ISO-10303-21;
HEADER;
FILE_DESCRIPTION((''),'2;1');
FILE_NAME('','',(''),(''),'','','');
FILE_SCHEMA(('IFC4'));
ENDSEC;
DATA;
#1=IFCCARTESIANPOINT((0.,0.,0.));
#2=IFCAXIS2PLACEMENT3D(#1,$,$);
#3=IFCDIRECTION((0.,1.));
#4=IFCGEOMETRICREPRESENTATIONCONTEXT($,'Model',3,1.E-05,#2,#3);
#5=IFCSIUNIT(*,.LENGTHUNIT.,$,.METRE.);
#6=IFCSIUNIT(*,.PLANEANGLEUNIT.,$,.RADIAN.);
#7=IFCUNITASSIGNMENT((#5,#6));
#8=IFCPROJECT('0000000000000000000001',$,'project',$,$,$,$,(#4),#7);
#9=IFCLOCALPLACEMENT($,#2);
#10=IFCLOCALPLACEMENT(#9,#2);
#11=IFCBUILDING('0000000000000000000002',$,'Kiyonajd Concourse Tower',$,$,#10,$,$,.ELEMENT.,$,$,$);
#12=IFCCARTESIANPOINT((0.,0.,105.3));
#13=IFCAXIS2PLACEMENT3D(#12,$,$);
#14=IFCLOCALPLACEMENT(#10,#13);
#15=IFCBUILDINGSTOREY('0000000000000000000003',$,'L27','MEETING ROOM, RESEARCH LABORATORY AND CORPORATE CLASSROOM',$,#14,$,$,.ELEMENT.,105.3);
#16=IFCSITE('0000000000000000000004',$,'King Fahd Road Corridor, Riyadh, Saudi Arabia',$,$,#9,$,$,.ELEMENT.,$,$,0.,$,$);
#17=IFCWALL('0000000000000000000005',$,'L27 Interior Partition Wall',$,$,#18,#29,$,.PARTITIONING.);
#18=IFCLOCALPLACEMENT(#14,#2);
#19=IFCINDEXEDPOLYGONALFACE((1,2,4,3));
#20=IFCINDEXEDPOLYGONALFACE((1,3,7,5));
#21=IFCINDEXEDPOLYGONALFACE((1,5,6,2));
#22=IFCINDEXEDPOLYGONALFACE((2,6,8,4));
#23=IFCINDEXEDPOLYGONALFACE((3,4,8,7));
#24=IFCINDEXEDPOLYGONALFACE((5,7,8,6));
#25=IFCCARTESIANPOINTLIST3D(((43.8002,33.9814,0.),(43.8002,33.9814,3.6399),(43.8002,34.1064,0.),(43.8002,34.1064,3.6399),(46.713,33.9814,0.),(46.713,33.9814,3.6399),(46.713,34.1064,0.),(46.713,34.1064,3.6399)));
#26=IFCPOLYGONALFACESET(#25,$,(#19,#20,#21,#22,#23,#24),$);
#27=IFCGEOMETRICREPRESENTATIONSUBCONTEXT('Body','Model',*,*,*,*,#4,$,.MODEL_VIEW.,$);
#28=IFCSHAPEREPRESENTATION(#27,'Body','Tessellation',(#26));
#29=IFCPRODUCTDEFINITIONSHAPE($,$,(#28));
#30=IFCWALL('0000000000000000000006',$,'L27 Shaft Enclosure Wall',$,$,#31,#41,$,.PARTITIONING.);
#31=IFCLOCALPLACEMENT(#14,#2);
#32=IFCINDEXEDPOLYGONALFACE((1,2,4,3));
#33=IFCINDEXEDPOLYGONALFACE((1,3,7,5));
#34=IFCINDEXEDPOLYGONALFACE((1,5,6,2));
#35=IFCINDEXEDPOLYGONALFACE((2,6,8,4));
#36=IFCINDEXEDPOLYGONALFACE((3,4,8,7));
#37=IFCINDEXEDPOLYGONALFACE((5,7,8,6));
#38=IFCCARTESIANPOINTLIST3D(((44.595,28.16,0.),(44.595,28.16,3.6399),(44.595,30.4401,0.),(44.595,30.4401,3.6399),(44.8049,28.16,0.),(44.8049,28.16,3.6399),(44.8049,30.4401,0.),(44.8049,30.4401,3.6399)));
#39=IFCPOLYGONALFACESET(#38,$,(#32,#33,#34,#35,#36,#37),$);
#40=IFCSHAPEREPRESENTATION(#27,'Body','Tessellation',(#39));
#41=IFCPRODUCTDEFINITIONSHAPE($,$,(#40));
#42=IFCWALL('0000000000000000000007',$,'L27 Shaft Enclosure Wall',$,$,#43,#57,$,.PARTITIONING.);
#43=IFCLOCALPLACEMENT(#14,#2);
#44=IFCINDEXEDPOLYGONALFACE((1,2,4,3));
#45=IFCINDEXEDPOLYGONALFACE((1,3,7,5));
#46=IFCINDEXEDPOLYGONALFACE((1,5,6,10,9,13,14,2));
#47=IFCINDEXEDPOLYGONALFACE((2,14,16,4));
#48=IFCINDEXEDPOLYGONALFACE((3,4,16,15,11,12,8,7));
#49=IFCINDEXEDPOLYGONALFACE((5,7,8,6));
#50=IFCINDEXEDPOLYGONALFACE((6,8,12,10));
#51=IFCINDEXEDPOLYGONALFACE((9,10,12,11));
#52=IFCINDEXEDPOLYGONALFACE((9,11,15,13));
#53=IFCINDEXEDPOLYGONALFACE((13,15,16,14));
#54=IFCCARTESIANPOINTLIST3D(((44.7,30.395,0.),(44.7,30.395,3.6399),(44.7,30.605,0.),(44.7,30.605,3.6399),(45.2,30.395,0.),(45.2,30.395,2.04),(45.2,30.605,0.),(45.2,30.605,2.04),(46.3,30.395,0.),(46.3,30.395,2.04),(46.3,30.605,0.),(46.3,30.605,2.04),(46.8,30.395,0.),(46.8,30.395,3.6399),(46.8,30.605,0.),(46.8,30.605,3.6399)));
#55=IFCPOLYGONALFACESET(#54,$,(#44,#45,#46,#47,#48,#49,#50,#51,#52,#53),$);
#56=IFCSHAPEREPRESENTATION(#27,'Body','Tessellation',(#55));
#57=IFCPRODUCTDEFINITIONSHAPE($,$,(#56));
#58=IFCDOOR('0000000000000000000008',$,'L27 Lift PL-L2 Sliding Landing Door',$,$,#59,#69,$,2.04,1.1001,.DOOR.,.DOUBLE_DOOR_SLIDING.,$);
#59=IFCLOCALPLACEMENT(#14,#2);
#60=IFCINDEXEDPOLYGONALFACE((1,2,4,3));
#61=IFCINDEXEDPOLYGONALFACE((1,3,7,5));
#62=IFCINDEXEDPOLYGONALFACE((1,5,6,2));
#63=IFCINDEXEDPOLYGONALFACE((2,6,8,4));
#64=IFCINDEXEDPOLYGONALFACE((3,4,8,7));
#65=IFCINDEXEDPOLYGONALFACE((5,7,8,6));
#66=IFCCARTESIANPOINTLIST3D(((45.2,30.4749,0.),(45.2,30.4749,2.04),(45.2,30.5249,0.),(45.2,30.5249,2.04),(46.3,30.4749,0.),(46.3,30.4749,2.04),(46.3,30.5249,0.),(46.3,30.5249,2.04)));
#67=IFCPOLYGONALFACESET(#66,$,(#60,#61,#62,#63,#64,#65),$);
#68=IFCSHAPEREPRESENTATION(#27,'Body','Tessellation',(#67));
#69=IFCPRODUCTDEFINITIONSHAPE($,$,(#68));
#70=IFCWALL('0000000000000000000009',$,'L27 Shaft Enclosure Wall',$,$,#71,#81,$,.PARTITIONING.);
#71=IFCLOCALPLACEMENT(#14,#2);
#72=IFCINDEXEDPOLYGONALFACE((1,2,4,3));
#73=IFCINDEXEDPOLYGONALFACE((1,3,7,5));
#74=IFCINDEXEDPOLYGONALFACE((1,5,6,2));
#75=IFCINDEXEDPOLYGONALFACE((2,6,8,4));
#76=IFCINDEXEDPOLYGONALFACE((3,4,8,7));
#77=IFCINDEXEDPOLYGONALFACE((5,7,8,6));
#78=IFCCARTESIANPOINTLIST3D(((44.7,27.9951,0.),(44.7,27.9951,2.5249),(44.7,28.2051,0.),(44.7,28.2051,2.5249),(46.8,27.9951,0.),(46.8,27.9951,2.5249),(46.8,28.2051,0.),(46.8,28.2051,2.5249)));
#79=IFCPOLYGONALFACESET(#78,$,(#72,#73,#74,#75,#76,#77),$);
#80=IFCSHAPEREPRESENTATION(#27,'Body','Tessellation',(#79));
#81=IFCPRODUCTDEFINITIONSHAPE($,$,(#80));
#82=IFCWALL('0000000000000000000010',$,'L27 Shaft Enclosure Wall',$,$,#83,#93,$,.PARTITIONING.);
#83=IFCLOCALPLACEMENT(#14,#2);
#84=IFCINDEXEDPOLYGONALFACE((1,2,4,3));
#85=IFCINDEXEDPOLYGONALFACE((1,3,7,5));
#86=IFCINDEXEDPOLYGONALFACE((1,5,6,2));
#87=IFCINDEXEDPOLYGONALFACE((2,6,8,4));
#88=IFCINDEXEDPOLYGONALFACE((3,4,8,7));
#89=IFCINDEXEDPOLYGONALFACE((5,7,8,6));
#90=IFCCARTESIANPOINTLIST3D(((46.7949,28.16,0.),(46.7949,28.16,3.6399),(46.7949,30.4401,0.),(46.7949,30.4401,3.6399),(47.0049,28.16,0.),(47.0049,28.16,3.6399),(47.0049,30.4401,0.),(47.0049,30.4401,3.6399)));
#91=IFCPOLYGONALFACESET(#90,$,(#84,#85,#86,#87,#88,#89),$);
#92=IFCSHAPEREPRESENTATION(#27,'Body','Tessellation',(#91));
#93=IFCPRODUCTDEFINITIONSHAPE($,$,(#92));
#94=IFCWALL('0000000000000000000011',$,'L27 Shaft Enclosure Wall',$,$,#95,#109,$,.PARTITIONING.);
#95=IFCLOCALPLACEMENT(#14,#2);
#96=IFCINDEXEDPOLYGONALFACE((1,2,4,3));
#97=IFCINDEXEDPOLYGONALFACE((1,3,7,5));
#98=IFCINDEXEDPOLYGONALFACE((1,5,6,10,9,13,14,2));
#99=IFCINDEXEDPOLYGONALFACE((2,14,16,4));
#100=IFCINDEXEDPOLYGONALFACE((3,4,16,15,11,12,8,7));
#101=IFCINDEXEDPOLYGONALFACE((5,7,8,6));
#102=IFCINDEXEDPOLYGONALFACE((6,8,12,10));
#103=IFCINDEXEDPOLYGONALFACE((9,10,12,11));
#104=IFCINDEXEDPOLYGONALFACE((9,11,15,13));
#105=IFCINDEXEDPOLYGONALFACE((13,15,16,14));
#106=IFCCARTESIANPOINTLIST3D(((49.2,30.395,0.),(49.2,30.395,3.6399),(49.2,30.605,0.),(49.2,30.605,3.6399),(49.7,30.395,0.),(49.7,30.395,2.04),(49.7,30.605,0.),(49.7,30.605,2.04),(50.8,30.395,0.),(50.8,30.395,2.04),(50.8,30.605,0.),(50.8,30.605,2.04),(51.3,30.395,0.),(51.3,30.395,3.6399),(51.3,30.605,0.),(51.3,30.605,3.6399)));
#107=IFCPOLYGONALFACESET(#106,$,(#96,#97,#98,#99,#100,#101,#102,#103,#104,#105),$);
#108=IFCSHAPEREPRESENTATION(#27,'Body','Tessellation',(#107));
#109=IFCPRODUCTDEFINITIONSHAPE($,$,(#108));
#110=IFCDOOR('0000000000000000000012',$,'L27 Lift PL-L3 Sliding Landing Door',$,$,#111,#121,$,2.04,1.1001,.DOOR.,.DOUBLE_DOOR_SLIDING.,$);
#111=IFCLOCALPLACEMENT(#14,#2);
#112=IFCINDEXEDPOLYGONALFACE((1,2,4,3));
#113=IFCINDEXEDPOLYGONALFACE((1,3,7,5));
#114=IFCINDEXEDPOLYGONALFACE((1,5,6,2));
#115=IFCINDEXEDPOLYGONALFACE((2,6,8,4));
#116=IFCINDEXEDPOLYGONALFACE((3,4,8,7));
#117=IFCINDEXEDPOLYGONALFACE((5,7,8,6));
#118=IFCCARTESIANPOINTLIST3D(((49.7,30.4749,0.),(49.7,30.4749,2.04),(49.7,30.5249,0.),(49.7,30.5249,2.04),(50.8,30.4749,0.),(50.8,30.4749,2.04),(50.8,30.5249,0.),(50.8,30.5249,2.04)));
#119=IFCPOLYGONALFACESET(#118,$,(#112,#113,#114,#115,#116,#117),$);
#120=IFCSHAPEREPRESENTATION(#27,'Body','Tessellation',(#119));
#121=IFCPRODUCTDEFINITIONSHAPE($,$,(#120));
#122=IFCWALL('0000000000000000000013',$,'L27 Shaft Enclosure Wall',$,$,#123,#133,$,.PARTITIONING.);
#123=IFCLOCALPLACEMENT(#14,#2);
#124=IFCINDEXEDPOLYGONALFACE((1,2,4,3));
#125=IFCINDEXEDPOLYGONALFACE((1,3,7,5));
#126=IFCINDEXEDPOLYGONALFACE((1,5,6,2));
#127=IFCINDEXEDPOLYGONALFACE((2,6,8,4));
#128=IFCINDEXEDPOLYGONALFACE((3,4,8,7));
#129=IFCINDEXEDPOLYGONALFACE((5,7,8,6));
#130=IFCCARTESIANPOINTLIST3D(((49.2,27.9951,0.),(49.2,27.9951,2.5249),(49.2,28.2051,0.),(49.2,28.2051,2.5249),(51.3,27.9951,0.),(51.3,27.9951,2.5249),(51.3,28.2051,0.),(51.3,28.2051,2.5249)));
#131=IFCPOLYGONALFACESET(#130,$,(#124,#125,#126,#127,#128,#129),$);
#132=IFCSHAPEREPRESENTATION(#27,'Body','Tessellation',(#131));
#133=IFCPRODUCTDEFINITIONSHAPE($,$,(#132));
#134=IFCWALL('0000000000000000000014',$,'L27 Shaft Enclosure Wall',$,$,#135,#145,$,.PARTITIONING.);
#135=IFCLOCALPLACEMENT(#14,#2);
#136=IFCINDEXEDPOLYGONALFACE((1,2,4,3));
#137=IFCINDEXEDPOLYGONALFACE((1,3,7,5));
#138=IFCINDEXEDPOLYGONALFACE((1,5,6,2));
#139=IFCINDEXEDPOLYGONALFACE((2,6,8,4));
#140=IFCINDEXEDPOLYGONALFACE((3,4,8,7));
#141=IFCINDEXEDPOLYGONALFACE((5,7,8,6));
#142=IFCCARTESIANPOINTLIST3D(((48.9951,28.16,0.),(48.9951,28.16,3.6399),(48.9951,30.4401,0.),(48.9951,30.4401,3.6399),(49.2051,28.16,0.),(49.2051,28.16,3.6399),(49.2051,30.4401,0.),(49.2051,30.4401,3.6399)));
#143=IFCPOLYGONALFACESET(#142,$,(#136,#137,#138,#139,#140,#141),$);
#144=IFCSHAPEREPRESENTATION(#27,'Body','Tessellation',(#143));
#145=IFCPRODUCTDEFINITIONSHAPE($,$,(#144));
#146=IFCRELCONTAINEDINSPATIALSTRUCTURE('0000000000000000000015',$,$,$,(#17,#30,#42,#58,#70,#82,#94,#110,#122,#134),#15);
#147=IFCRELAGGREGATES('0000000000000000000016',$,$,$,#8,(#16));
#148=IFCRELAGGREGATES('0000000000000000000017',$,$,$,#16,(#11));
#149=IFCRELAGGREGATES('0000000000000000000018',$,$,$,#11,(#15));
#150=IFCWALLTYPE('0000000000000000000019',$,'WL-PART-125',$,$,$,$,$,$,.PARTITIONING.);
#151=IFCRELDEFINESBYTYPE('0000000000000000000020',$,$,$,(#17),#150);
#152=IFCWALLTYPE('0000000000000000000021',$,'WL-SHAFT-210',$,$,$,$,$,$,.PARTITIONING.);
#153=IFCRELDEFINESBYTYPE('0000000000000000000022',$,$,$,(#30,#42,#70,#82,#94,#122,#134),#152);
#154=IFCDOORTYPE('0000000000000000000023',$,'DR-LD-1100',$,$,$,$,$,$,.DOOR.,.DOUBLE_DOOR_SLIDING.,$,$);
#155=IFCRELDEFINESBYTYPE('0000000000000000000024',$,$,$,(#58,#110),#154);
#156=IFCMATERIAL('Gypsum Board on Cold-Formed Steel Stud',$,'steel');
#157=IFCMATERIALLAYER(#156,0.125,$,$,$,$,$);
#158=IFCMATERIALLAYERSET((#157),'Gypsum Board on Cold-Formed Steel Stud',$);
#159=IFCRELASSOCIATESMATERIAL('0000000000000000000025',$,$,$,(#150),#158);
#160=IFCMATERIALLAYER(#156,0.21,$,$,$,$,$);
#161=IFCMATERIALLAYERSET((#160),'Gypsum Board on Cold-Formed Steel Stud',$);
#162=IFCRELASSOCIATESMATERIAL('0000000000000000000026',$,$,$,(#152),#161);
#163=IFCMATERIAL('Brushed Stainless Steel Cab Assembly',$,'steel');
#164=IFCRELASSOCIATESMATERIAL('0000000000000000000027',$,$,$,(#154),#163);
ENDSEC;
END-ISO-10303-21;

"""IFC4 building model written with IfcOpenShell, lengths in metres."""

from ifc_helpers import new_model, si_unit, direction, frame, frame_2d, origin, place, context, subcontext, project, spatial, rectangle, extrude, material, layer, layer_set, type_object, element, fill, save


model = new_model("IFC4")

# Units and contexts
model_context = context("Model", 3, precision=1e-05, world=origin(), true_north=direction((0.0, 1.0)))
body_context = subcontext(model_context, "Body", "Model", "MODEL_VIEW")
ifc_project = project(units=[si_unit("LENGTHUNIT", "METRE"), si_unit("PLANEANGLEUNIT", "RADIAN")], contexts=[model_context])

# Site, building, storey
site_placement = place(None, origin())
site = spatial("IfcSite", under=ifc_project, at=site_placement, Name="King Fahd Road Corridor, Riyadh, Saudi Arabia", CompositionType="ELEMENT", RefElevation=0.0)
building_placement = place(site_placement, origin())
building = spatial("IfcBuilding", under=site, at=building_placement, Name="Kiyonajd Concourse Tower", CompositionType="ELEMENT")
storey_placement = place(building_placement, frame((0.0, 0.0, 105.3)))
storey = spatial("IfcBuildingStorey", under=building, at=storey_placement, Name="L27", Description="MEETING ROOM, RESEARCH LABORATORY AND CORPORATE CLASSROOM", CompositionType="ELEMENT", Elevation=105.3)

# Walls
ifc_material_1 = material(Name="Gypsum Board on Cold-Formed Steel Stud", Category="steel")
ifc_layer_1 = layer(ifc_material_1, 0.125)
ifc_layer_set_1 = layer_set([ifc_layer_1], Name="Gypsum Board on Cold-Formed Steel Stud")
wall_type_1 = type_object("IfcWallType", Name="WL-PART-125", PredefinedType="PARTITIONING", material=ifc_layer_set_1)
wall_1_placement = place(storey_placement, frame((43.8, 34.0439, 0.0), z_axis=(0.0, 0.0, 1.0), x_axis=(1.0, 0.0, 0.0)))
element("IfcWall", 1, at=wall_1_placement, inside=storey, type_object=wall_type_1, Name="L27 Interior Partition Wall", PredefinedType="PARTITIONING", context=body_context, shape_type="SweptSolid", body=[
    extrude(rectangle(XDim=2.9128, YDim=0.125, at=frame_2d((1.4565, 0.0))), origin(), (0.0, 0.0, 1.0), 3.6399),
])
ifc_layer_2 = layer(ifc_material_1, 0.21)
ifc_layer_set_2 = layer_set([ifc_layer_2], Name="Gypsum Board on Cold-Formed Steel Stud")
wall_type_2 = type_object("IfcWallType", Name="WL-SHAFT-210", PredefinedType="PARTITIONING", material=ifc_layer_set_2)
wall_2_placement = place(storey_placement, frame((44.7, 28.1599, 0.0), z_axis=(0.0, 0.0, 1.0), x_axis=(0.0, 1.0, 0.0)))
element("IfcWall", 2, at=wall_2_placement, inside=storey, type_object=wall_type_2, Name="L27 Shaft Enclosure Wall", PredefinedType="PARTITIONING", context=body_context, shape_type="SweptSolid", body=[
    extrude(rectangle(XDim=2.28, YDim=0.21, at=frame_2d((1.1401, 0.0))), origin(), (0.0, 0.0, 1.0), 3.6399),
])

# Wall, opening, door
wall_3_placement = place(storey_placement, frame((44.7, 30.5, 0.0), z_axis=(0.0, 0.0, 1.0), x_axis=(1.0, 0.0, 0.0)))
wall_3 = element("IfcWall", 3, at=wall_3_placement, inside=storey, type_object=wall_type_2, Name="L27 Shaft Enclosure Wall", PredefinedType="PARTITIONING", context=body_context, shape_type="SweptSolid", body=[
    extrude(rectangle(XDim=2.1001, YDim=0.21, at=frame_2d((1.05, 0.0))), origin(), (0.0, 0.0, 1.0), 3.6399),
])
opening_1_placement = place(wall_3_placement, frame((0.5, 0.0, 0.0)))
opening_1 = element("IfcOpeningElement", 4, at=opening_1_placement, cuts=wall_3, PredefinedType="OPENING", context=body_context, shape_type="SweptSolid", body=[
    extrude(rectangle(XDim=1.1001, YDim=2.04, at=frame_2d((0.55, 1.02))), frame((0.0, 0.115, 0.0), z_axis=(0.0, -1.0, 0.0), x_axis=(1.0, 0.0, 0.0)), (0.0, 0.0, 1.0), 0.23),
])
ifc_material_2 = material(Name="Brushed Stainless Steel Cab Assembly", Category="steel")
door_type_1 = type_object("IfcDoorType", Name="DR-LD-1100", OperationType="DOUBLE_DOOR_SLIDING", PredefinedType="DOOR", material=ifc_material_2)
door_1_placement = place(opening_1_placement, origin())
door_1 = element("IfcDoor", 5, at=door_1_placement, inside=storey, type_object=door_type_1, Name="L27 Lift PL-L2 Sliding Landing Door", OperationType="DOUBLE_DOOR_SLIDING", OverallHeight=2.04, OverallWidth=1.1001, PredefinedType="DOOR", context=body_context, shape_type="SweptSolid", body=[
    extrude(rectangle(XDim=1.1001, YDim=2.04, at=frame_2d((0.55, 1.02))), frame((0.0, 0.0249, 0.0), z_axis=(0.0, -1.0, 0.0), x_axis=(1.0, 0.0, 0.0)), (0.0, 0.0, 1.0), 0.05),
])
fill(opening_1, door_1)

# Walls
wall_4_placement = place(storey_placement, frame((44.7, 28.1001, 0.0), z_axis=(0.0, 0.0, 1.0), x_axis=(1.0, 0.0, 0.0)))
element("IfcWall", 6, at=wall_4_placement, inside=storey, type_object=wall_type_2, Name="L27 Shaft Enclosure Wall", PredefinedType="PARTITIONING", context=body_context, shape_type="SweptSolid", body=[
    extrude(rectangle(XDim=2.1001, YDim=0.21, at=frame_2d((1.05, 0.0))), origin(), (0.0, 0.0, 1.0), 2.5249),
])
wall_5_placement = place(storey_placement, frame((46.8999, 28.1599, 0.0), z_axis=(0.0, 0.0, 1.0), x_axis=(0.0, 1.0, 0.0)))
element("IfcWall", 7, at=wall_5_placement, inside=storey, type_object=wall_type_2, Name="L27 Shaft Enclosure Wall", PredefinedType="PARTITIONING", context=body_context, shape_type="SweptSolid", body=[
    extrude(rectangle(XDim=2.28, YDim=0.21, at=frame_2d((1.1401, 0.0))), origin(), (0.0, 0.0, 1.0), 3.6399),
])

# Wall, opening, door
wall_6_placement = place(storey_placement, frame((49.2, 30.5, 0.0), z_axis=(0.0, 0.0, 1.0), x_axis=(1.0, 0.0, 0.0)))
wall_6 = element("IfcWall", 8, at=wall_6_placement, inside=storey, type_object=wall_type_2, Name="L27 Shaft Enclosure Wall", PredefinedType="PARTITIONING", context=body_context, shape_type="SweptSolid", body=[
    extrude(rectangle(XDim=2.1001, YDim=0.21, at=frame_2d((1.05, 0.0))), origin(), (0.0, 0.0, 1.0), 3.6399),
])
opening_2_placement = place(wall_6_placement, frame((0.5, 0.0, 0.0)))
opening_2 = element("IfcOpeningElement", 9, at=opening_2_placement, cuts=wall_6, PredefinedType="OPENING", context=body_context, shape_type="SweptSolid", body=[
    extrude(rectangle(XDim=1.1001, YDim=2.04, at=frame_2d((0.55, 1.02))), frame((0.0, 0.115, 0.0), z_axis=(0.0, -1.0, 0.0), x_axis=(1.0, 0.0, 0.0)), (0.0, 0.0, 1.0), 0.23),
])
door_2_placement = place(opening_2_placement, origin())
door_2 = element("IfcDoor", 10, at=door_2_placement, inside=storey, type_object=door_type_1, Name="L27 Lift PL-L3 Sliding Landing Door", OperationType="DOUBLE_DOOR_SLIDING", OverallHeight=2.04, OverallWidth=1.1001, PredefinedType="DOOR", context=body_context, shape_type="SweptSolid", body=[
    extrude(rectangle(XDim=1.1001, YDim=2.04, at=frame_2d((0.55, 1.02))), frame((0.0, 0.0249, 0.0), z_axis=(0.0, -1.0, 0.0), x_axis=(1.0, 0.0, 0.0)), (0.0, 0.0, 1.0), 0.05),
])
fill(opening_2, door_2)

# Walls
wall_7_placement = place(storey_placement, frame((49.2, 28.1001, 0.0), z_axis=(0.0, 0.0, 1.0), x_axis=(1.0, 0.0, 0.0)))
element("IfcWall", 11, at=wall_7_placement, inside=storey, type_object=wall_type_2, Name="L27 Shaft Enclosure Wall", PredefinedType="PARTITIONING", context=body_context, shape_type="SweptSolid", body=[
    extrude(rectangle(XDim=2.1001, YDim=0.21, at=frame_2d((1.05, 0.0))), origin(), (0.0, 0.0, 1.0), 2.5249),
])
wall_8_placement = place(storey_placement, frame((49.1001, 28.1599, 0.0), z_axis=(0.0, 0.0, 1.0), x_axis=(0.0, 1.0, 0.0)))
element("IfcWall", 12, at=wall_8_placement, inside=storey, type_object=wall_type_2, Name="L27 Shaft Enclosure Wall", PredefinedType="PARTITIONING", context=body_context, shape_type="SweptSolid", body=[
    extrude(rectangle(XDim=2.28, YDim=0.21, at=frame_2d((1.1401, 0.0))), origin(), (0.0, 0.0, 1.0), 3.6399),
])

save(model, "model.ifc")
